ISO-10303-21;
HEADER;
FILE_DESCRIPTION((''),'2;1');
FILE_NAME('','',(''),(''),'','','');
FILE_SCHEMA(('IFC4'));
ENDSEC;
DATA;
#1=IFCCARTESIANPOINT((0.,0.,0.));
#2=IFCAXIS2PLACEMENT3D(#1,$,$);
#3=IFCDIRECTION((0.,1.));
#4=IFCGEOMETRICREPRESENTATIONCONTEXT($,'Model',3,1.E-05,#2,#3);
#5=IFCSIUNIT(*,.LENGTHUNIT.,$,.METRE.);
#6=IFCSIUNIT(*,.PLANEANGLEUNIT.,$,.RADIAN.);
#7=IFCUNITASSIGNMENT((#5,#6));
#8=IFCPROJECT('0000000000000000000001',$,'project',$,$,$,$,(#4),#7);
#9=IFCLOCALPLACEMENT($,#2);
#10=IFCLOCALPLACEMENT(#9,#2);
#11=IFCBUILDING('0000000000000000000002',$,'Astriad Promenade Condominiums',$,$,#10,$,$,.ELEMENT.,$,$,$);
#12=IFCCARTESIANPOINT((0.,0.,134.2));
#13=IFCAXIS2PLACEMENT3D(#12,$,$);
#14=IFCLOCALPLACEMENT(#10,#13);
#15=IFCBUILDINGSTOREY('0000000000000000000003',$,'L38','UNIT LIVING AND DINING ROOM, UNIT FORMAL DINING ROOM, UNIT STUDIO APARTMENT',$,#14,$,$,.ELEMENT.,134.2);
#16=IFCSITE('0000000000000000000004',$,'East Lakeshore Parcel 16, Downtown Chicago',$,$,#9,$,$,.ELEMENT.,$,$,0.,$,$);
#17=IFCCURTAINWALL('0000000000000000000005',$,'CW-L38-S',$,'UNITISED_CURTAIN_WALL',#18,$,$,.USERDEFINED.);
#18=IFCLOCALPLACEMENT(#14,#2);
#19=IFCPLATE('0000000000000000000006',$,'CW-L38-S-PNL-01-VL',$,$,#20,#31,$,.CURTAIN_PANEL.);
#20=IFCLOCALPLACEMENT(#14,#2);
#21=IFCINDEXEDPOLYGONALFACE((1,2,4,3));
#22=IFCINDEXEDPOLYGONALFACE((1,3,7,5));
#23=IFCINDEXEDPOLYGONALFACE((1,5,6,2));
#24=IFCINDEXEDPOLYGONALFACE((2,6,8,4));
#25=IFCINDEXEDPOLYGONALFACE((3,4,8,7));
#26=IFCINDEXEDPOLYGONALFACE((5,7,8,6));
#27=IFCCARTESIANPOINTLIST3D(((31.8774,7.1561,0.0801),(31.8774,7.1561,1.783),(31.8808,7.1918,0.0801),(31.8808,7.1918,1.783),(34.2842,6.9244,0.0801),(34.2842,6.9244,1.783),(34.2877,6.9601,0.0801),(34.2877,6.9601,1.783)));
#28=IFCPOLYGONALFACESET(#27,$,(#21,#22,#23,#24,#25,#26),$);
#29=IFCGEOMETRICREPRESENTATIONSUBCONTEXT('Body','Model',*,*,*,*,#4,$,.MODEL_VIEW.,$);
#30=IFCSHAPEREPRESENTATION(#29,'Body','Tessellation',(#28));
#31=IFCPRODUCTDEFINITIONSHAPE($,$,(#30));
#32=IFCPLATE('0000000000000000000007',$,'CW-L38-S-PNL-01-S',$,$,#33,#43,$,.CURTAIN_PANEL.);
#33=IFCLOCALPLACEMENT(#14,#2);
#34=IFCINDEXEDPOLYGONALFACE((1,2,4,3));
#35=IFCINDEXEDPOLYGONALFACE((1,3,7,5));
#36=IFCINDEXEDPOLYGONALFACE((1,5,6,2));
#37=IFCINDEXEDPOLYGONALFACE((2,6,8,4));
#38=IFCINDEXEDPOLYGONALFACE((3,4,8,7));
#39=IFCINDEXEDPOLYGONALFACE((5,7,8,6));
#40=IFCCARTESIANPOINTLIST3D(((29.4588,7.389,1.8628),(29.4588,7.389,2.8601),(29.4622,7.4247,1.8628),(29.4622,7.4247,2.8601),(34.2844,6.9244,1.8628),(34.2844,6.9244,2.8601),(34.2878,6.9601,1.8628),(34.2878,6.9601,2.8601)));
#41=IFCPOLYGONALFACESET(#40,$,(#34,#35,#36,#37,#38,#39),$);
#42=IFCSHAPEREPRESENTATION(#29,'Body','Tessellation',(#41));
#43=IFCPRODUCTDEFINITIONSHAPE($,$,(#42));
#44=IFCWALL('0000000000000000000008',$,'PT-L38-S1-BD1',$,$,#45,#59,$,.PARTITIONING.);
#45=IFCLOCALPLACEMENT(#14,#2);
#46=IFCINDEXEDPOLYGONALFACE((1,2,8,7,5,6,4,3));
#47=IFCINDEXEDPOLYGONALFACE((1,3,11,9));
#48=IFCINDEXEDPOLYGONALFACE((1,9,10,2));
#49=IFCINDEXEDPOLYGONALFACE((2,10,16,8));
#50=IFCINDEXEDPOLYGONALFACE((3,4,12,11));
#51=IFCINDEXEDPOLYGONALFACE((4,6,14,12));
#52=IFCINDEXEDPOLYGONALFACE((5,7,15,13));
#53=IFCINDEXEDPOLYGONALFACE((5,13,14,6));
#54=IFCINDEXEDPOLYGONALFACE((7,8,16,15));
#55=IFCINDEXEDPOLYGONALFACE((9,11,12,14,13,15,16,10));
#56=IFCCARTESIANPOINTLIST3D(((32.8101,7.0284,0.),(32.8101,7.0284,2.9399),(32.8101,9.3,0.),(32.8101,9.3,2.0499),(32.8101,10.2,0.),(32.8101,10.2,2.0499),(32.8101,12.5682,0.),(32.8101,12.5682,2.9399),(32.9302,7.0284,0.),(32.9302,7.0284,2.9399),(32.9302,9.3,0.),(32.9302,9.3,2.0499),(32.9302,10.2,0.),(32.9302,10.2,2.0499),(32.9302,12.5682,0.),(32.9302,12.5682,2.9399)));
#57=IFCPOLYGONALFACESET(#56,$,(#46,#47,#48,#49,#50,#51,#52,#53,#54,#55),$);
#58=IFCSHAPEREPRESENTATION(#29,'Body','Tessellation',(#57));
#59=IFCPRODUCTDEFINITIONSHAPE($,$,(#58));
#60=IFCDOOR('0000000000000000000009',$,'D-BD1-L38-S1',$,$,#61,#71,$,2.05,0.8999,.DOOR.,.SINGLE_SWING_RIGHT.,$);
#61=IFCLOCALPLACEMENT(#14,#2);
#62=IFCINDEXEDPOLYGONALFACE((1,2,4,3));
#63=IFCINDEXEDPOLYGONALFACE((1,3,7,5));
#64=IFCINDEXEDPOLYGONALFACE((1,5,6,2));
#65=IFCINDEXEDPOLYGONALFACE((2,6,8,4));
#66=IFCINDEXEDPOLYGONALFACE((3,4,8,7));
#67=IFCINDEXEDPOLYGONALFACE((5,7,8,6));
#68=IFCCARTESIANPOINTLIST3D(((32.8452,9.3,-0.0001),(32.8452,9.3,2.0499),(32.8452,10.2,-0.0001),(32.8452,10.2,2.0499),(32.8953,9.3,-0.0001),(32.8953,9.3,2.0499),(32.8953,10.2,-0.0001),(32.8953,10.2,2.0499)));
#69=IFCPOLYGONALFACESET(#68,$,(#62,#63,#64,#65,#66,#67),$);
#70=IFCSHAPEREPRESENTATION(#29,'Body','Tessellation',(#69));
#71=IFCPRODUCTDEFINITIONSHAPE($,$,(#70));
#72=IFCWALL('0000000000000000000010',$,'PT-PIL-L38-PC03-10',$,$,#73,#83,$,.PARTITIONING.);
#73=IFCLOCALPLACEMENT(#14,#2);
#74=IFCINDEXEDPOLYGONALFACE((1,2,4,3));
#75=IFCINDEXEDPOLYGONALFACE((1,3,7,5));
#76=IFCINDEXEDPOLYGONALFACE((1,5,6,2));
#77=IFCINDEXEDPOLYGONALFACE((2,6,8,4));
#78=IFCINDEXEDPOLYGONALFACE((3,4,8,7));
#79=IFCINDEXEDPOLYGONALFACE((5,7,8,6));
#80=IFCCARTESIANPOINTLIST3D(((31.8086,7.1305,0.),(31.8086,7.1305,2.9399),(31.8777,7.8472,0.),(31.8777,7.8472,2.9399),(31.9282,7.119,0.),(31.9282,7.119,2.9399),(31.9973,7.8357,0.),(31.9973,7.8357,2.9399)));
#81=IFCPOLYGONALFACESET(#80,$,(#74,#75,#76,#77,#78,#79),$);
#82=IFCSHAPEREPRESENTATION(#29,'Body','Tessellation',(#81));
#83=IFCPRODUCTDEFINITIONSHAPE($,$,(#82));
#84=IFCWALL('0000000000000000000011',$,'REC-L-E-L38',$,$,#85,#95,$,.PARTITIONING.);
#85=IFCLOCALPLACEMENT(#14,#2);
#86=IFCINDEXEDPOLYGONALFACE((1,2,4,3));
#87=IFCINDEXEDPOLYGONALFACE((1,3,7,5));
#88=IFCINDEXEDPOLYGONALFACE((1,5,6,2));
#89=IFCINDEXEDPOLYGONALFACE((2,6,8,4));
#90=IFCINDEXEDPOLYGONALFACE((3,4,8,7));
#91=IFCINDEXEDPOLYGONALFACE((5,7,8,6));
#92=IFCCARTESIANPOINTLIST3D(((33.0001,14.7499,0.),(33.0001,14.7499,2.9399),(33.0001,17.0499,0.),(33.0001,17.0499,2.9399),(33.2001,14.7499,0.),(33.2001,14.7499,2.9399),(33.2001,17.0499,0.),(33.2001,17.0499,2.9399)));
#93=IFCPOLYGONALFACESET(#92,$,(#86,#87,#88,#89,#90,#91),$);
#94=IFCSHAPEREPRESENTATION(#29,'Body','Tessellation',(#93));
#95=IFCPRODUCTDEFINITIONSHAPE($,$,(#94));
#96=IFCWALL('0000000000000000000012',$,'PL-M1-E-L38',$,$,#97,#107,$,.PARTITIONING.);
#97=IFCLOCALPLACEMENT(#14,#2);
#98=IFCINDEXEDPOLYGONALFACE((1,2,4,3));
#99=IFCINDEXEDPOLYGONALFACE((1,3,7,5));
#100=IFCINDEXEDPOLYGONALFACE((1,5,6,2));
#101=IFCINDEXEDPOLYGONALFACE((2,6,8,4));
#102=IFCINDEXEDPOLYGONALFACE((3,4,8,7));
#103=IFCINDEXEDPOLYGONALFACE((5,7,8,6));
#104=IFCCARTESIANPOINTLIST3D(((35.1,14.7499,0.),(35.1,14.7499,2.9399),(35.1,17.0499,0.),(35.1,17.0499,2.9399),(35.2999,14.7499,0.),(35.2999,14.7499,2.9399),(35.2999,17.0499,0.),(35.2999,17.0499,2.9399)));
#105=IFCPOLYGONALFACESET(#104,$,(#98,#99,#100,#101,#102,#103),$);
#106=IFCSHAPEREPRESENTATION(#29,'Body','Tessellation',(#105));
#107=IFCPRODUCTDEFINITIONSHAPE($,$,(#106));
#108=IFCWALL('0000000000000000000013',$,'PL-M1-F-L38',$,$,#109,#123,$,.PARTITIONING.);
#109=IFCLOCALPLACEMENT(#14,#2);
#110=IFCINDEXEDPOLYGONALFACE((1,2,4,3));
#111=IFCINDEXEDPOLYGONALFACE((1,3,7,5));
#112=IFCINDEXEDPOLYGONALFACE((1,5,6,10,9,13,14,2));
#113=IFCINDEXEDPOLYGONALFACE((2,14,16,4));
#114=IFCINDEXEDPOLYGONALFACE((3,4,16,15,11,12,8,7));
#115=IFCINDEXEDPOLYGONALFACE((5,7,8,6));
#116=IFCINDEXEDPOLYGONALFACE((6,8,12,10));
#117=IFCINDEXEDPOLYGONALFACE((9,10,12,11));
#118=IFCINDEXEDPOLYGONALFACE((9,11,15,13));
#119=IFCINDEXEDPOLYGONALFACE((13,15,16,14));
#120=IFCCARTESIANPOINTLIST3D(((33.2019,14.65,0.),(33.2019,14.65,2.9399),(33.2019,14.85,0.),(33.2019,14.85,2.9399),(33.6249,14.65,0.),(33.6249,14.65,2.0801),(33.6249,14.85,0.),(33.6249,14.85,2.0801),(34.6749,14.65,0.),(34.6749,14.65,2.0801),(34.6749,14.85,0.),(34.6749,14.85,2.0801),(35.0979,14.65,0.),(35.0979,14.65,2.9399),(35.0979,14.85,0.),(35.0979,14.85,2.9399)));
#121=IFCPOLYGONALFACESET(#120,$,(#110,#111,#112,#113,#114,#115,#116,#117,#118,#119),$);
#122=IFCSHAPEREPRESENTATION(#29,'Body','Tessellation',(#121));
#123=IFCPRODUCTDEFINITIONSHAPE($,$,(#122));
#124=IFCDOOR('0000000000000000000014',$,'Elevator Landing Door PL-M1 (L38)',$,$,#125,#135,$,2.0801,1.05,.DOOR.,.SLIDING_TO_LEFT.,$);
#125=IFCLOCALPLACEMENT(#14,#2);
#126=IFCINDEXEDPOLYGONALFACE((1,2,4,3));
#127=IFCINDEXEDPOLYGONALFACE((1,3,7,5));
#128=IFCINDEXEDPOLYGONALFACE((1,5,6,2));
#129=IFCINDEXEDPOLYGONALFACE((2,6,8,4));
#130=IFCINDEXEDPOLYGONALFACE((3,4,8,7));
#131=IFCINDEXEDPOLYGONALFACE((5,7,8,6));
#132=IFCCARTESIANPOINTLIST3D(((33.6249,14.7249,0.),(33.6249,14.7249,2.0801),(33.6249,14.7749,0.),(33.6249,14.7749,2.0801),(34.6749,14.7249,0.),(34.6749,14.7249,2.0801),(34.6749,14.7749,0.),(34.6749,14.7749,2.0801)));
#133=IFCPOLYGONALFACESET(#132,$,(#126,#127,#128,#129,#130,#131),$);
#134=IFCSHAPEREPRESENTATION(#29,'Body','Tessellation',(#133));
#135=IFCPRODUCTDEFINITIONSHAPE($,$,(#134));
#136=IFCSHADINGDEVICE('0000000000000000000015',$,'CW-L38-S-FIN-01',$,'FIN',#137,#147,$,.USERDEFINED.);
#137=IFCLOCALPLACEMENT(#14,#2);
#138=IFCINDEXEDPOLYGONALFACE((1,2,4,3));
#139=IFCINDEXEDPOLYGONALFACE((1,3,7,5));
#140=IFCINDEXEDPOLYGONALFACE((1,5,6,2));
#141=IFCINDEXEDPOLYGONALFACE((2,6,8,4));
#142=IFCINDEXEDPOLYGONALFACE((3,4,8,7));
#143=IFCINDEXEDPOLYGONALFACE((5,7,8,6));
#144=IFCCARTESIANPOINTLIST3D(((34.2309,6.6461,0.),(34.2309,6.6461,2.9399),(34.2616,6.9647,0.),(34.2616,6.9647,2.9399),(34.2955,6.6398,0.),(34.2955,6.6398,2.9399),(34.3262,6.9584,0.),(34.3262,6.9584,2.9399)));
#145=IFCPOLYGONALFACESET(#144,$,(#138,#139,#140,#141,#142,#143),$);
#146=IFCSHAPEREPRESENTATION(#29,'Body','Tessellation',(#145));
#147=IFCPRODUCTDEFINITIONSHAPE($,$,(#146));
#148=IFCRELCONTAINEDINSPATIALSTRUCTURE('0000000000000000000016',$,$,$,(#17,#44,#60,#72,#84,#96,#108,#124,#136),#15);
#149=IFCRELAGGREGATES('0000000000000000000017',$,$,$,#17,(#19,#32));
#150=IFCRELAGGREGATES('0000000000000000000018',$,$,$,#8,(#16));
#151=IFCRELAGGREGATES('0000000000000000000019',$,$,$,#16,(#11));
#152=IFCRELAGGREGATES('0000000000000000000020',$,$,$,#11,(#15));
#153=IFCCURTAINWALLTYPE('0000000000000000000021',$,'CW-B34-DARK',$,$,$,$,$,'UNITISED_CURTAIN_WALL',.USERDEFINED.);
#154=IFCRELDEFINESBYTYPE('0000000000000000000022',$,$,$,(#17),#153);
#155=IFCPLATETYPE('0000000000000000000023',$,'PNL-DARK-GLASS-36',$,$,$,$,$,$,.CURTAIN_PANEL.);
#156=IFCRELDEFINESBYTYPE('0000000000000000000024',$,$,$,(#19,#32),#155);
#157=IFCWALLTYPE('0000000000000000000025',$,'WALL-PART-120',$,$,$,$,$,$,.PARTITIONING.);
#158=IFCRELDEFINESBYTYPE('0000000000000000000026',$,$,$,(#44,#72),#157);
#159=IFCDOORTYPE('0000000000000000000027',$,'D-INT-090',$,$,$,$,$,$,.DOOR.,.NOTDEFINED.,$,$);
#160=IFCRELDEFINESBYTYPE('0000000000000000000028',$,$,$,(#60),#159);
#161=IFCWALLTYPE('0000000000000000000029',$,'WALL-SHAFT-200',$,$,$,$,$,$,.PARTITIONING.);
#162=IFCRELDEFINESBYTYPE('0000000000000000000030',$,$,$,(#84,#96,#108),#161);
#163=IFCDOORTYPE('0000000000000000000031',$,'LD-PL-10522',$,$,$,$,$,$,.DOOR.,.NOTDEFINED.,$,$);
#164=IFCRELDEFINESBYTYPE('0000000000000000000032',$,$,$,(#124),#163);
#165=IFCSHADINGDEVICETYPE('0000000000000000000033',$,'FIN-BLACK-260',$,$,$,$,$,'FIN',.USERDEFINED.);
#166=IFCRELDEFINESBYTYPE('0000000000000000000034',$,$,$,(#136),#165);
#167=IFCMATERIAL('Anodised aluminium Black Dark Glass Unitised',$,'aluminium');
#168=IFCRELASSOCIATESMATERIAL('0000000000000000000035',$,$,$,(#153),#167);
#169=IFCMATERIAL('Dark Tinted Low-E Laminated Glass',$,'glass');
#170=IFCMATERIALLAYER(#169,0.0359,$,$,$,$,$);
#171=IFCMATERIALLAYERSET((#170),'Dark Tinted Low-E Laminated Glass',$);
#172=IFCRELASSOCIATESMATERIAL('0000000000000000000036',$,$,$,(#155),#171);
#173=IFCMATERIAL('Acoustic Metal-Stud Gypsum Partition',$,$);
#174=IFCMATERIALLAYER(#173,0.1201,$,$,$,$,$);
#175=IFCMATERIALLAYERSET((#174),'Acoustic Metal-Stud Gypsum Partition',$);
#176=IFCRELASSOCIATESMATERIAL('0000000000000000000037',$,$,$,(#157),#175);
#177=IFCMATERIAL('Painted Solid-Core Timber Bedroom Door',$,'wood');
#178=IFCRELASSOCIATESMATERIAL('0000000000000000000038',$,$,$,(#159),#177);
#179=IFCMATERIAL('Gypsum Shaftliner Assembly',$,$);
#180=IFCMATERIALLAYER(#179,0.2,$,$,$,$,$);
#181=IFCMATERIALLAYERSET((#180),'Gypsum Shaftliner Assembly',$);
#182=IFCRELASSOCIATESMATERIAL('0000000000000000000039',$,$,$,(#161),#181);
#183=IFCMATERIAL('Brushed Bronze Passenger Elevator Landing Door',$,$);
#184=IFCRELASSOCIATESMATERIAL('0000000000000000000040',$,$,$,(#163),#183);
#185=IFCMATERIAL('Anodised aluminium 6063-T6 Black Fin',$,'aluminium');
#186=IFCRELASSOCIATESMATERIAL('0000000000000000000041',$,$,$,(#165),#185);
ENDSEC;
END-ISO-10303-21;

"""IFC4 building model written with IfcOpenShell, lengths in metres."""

from ifc_helpers import new_model, si_unit, direction, frame, frame_2d, origin, origin_2d, place, context, subcontext, project, spatial, rectangle, extrude, source, transform, mapped, material, layer, layer_set, type_object, type_shapes, element, fill, aggregate, save


model = new_model("IFC4")

# Units and contexts
model_context = context("Model", 3, precision=1e-05, world=origin(), true_north=direction((0.0, 1.0)))
body_context = subcontext(model_context, "Body", "Model", "MODEL_VIEW")
ifc_project = project(units=[si_unit("LENGTHUNIT", "METRE"), si_unit("PLANEANGLEUNIT", "RADIAN")], contexts=[model_context])

# Site, building, storey
site_placement = place(None, origin())
site = spatial("IfcSite", under=ifc_project, at=site_placement, Name="East Lakeshore Parcel 16, Downtown Chicago", CompositionType="ELEMENT", RefElevation=0.0)
building_placement = place(site_placement, origin())
building = spatial("IfcBuilding", under=site, at=building_placement, Name="Astriad Promenade Condominiums", CompositionType="ELEMENT")
storey_placement = place(building_placement, frame((0.0, 0.0, 134.2)))
storey = spatial("IfcBuildingStorey", under=building, at=storey_placement, Name="L38", Description="UNIT LIVING AND DINING ROOM, UNIT FORMAL DINING ROOM, UNIT STUDIO APARTMENT", CompositionType="ELEMENT", Elevation=134.2)

# Curtain wall, plates
ifc_material_1 = material(Name="Anodised aluminium Black Dark Glass Unitised", Category="aluminium")
curtain_wall_type = type_object("IfcCurtainWallType", Name="CW-B34-DARK", ElementType="UNITISED_CURTAIN_WALL", PredefinedType="USERDEFINED", material=ifc_material_1)
curtain_wall_placement = place(storey_placement, origin())
curtain_wall = element("IfcCurtainWall", 1, at=curtain_wall_placement, inside=storey, type_object=curtain_wall_type, Name="CW-L38-S", ObjectType="UNITISED_CURTAIN_WALL", PredefinedType="USERDEFINED")
ifc_material_2 = material(Name="Dark Tinted Low-E Laminated Glass", Category="glass")
ifc_layer_1 = layer(ifc_material_2, 0.0359)
ifc_layer_set_1 = layer_set([ifc_layer_1], Name="Dark Tinted Low-E Laminated Glass")
plate_type = type_object("IfcPlateType", Name="PNL-DARK-GLASS-36", PredefinedType="CURTAIN_PANEL", material=ifc_layer_set_1)
shared_shape_1 = source(origin(), body_context, "Body", "SweptSolid", [
    extrude(rectangle(XDim=2.418, YDim=0.0359, at=origin_2d()), origin(), (0.0, 0.0, 1.0), 1.7029),
])
plate_1_placement = place(storey_placement, frame((33.0825, 7.0581, 0.0801), z_axis=(0.0, 0.0, 1.0), x_axis=(-0.995396, 0.095846, 0.0)))
plate_1 = element("IfcPlate", 2, at=plate_1_placement, type_object=plate_type, Name="CW-L38-S-PNL-01-VL", PredefinedType="CURTAIN_PANEL", context=body_context, shape_type="MappedRepresentation", body=[
    mapped(shared_shape_1, transform((0.0, 0.0, 0.0), scale=1.0)),
])
shared_shape_2 = source(origin(), body_context, "Body", "SweptSolid", [
    extrude(rectangle(XDim=4.8479, YDim=0.0359, at=origin_2d()), origin(), (0.0, 0.0, 1.0), 0.9973),
])
type_shapes(plate_type, [shared_shape_1, shared_shape_2])
plate_2_placement = place(storey_placement, frame((31.8733, 7.1746, 1.8628), z_axis=(0.0, 0.0, 1.0), x_axis=(-0.995396, 0.095846, 0.0)))
plate_2 = element("IfcPlate", 3, at=plate_2_placement, type_object=plate_type, Name="CW-L38-S-PNL-01-S", PredefinedType="CURTAIN_PANEL", context=body_context, shape_type="MappedRepresentation", body=[
    mapped(shared_shape_2, transform((0.0, 0.0, 0.0), scale=1.0)),
])
aggregate(curtain_wall, [plate_1, plate_2])

# Wall, opening, door
ifc_material_3 = material(Name="Acoustic Metal-Stud Gypsum Partition")
ifc_layer_2 = layer(ifc_material_3, 0.1201)
ifc_layer_set_2 = layer_set([ifc_layer_2], Name="Acoustic Metal-Stud Gypsum Partition")
wall_type_1 = type_object("IfcWallType", Name="WALL-PART-120", PredefinedType="PARTITIONING", material=ifc_layer_set_2)
wall_1_placement = place(storey_placement, frame((32.8701, 7.0283, 0.0), z_axis=(0.0, 0.0, 1.0), x_axis=(0.0, 1.0, 0.0)))
wall_1 = element("IfcWall", 4, at=wall_1_placement, inside=storey, type_object=wall_type_1, Name="PT-L38-S1-BD1", PredefinedType="PARTITIONING", context=body_context, shape_type="SweptSolid", body=[
    extrude(rectangle(XDim=5.5398, YDim=0.1201, at=frame_2d((2.77, 0.0))), origin(), (0.0, 0.0, 1.0), 2.9399),
])
opening_1_placement = place(wall_1_placement, frame((2.2717, 0.0, 0.0)))
opening_1 = element("IfcOpeningElement", 5, at=opening_1_placement, cuts=wall_1, PredefinedType="OPENING", context=body_context, shape_type="SweptSolid", body=[
    extrude(rectangle(XDim=0.8999, YDim=2.05, at=frame_2d((0.45, 1.0249))), frame((0.0, 0.0701, 0.0), z_axis=(0.0, -1.0, 0.0), x_axis=(1.0, 0.0, 0.0)), (0.0, 0.0, 1.0), 0.1401),
])
ifc_material_4 = material(Name="Painted Solid-Core Timber Bedroom Door", Category="wood")
door_type_1 = type_object("IfcDoorType", Name="D-INT-090", OperationType="NOTDEFINED", PredefinedType="DOOR", material=ifc_material_4)
shared_shape_3 = source(origin(), body_context, "Body", "SweptSolid", [
    extrude(rectangle(XDim=0.8999, YDim=2.05, at=frame_2d((0.45, 1.0249))), frame((0.0, 0.0249, 0.0), z_axis=(0.0, -1.0, 0.0), x_axis=(1.0, 0.0, 0.0)), (0.0, 0.0, 1.0), 0.05),
])
type_shapes(door_type_1, [shared_shape_3])
door_1_placement = place(opening_1_placement, origin())
door_1 = element("IfcDoor", 6, at=door_1_placement, inside=storey, type_object=door_type_1, Name="D-BD1-L38-S1", OperationType="SINGLE_SWING_RIGHT", OverallHeight=2.05, OverallWidth=0.8999, PredefinedType="DOOR", context=body_context, shape_type="MappedRepresentation", body=[
    mapped(shared_shape_3, transform((0.0, 0.0, 0.0), scale=1.0)),
])
fill(opening_1, door_1)

# Walls
wall_2_placement = place(storey_placement, frame((31.9375, 7.8413, 0.0), z_axis=(0.0, 0.0, 1.0), x_axis=(-0.095977, -0.995384, 0.0)))
element("IfcWall", 7, at=wall_2_placement, inside=storey, type_object=wall_type_1, Name="PT-PIL-L38-PC03-10", PredefinedType="PARTITIONING", context=body_context, shape_type="SweptSolid", body=[
    extrude(rectangle(XDim=0.72, YDim=0.1201, at=frame_2d((0.3599, 0.0))), origin(), (0.0, 0.0, 1.0), 2.9399),
])
ifc_material_5 = material(Name="Gypsum Shaftliner Assembly")
ifc_layer_3 = layer(ifc_material_5, 0.2)
ifc_layer_set_3 = layer_set([ifc_layer_3], Name="Gypsum Shaftliner Assembly")
wall_type_2 = type_object("IfcWallType", Name="WALL-SHAFT-200", PredefinedType="PARTITIONING", material=ifc_layer_set_3)
for number, where, z_axis, x_axis, name in (
    (8, (33.1001, 14.75, 0.0), (0.0, 0.0, 1.0), (0.0, 1.0, 0.0), "REC-L-E-L38"),
    (9, (35.2, 14.75, 0.0), (0.0, 0.0, 1.0), (0.0, 1.0, 0.0), "PL-M1-E-L38"),
):
    element("IfcWall", number, at=place(storey_placement, frame(where, z_axis=z_axis, x_axis=x_axis)), inside=storey, type_object=wall_type_2, Name=name, PredefinedType="PARTITIONING", context=body_context, shape_type="SweptSolid", body=[
        extrude(rectangle(XDim=2.3, YDim=0.2, at=frame_2d((1.1499, 0.0))), origin(), (0.0, 0.0, 1.0), 2.9399),
    ])

# Wall, opening, door
wall_3_placement = place(storey_placement, frame((33.2019, 14.75, 0.0), z_axis=(0.0, 0.0, 1.0), x_axis=(1.0, 0.0, 0.0)))
wall_3 = element("IfcWall", 10, at=wall_3_placement, inside=storey, type_object=wall_type_2, Name="PL-M1-F-L38", PredefinedType="PARTITIONING", context=body_context, shape_type="SweptSolid", body=[
    extrude(rectangle(XDim=1.896, YDim=0.2, at=frame_2d((0.948, 0.0))), origin(), (0.0, 0.0, 1.0), 2.9399),
])
opening_2_placement = place(wall_3_placement, frame((0.4231, 0.0, 0.0)))
opening_2 = element("IfcOpeningElement", 11, at=opening_2_placement, cuts=wall_3, PredefinedType="OPENING", context=body_context, shape_type="SweptSolid", body=[
    extrude(rectangle(XDim=1.05, YDim=2.0801, at=frame_2d((0.5249, 1.04))), frame((0.0, 0.1099, 0.0), z_axis=(0.0, -1.0, 0.0), x_axis=(1.0, 0.0, 0.0)), (0.0, 0.0, 1.0), 0.22),
])
ifc_material_6 = material(Name="Brushed Bronze Passenger Elevator Landing Door")
door_type_2 = type_object("IfcDoorType", Name="LD-PL-10522", OperationType="NOTDEFINED", PredefinedType="DOOR", material=ifc_material_6)
shared_shape_4 = source(origin(), body_context, "Body", "SweptSolid", [
    extrude(rectangle(XDim=1.05, YDim=2.0801, at=frame_2d((0.5249, 1.04))), frame((0.0, 0.0249, 0.0), z_axis=(0.0, -1.0, 0.0), x_axis=(1.0, 0.0, 0.0)), (0.0, 0.0, 1.0), 0.05),
])
type_shapes(door_type_2, [shared_shape_4])
door_2_placement = place(opening_2_placement, origin())
door_2 = element("IfcDoor", 12, at=door_2_placement, inside=storey, type_object=door_type_2, Name="Elevator Landing Door PL-M1 (L38)", OperationType="SLIDING_TO_LEFT", OverallHeight=2.0801, OverallWidth=1.05, PredefinedType="DOOR", context=body_context, shape_type="MappedRepresentation", body=[
    mapped(shared_shape_4, transform((0.0, 0.0, 0.0), scale=1.0)),
])
fill(opening_2, door_2)

# Shading device
ifc_material_7 = material(Name="Anodised aluminium 6063-T6 Black Fin", Category="aluminium")
shading_device_type = type_object("IfcShadingDeviceType", Name="FIN-BLACK-260", ElementType="FIN", PredefinedType="USERDEFINED", material=ifc_material_7)
shared_shape_5 = source(origin(), body_context, "Body", "SweptSolid", [
    extrude(rectangle(XDim=0.0649, YDim=0.3201, at=origin_2d()), origin(), (0.0, 0.0, 1.0), 2.9399),
])
type_shapes(shading_device_type, [shared_shape_5])
shading_device_placement = place(storey_placement, frame((34.2786, 6.8022, 0.0), z_axis=(0.0, 0.0, 1.0), x_axis=(-0.995396, 0.095846, 0.0)))
element("IfcShadingDevice", 13, at=shading_device_placement, inside=storey, type_object=shading_device_type, Name="CW-L38-S-FIN-01", ObjectType="FIN", PredefinedType="USERDEFINED", context=body_context, shape_type="MappedRepresentation", body=[
    mapped(shared_shape_5, transform((0.0, 0.0, 0.0), scale=1.0)),
])

save(model, "model.ifc")
